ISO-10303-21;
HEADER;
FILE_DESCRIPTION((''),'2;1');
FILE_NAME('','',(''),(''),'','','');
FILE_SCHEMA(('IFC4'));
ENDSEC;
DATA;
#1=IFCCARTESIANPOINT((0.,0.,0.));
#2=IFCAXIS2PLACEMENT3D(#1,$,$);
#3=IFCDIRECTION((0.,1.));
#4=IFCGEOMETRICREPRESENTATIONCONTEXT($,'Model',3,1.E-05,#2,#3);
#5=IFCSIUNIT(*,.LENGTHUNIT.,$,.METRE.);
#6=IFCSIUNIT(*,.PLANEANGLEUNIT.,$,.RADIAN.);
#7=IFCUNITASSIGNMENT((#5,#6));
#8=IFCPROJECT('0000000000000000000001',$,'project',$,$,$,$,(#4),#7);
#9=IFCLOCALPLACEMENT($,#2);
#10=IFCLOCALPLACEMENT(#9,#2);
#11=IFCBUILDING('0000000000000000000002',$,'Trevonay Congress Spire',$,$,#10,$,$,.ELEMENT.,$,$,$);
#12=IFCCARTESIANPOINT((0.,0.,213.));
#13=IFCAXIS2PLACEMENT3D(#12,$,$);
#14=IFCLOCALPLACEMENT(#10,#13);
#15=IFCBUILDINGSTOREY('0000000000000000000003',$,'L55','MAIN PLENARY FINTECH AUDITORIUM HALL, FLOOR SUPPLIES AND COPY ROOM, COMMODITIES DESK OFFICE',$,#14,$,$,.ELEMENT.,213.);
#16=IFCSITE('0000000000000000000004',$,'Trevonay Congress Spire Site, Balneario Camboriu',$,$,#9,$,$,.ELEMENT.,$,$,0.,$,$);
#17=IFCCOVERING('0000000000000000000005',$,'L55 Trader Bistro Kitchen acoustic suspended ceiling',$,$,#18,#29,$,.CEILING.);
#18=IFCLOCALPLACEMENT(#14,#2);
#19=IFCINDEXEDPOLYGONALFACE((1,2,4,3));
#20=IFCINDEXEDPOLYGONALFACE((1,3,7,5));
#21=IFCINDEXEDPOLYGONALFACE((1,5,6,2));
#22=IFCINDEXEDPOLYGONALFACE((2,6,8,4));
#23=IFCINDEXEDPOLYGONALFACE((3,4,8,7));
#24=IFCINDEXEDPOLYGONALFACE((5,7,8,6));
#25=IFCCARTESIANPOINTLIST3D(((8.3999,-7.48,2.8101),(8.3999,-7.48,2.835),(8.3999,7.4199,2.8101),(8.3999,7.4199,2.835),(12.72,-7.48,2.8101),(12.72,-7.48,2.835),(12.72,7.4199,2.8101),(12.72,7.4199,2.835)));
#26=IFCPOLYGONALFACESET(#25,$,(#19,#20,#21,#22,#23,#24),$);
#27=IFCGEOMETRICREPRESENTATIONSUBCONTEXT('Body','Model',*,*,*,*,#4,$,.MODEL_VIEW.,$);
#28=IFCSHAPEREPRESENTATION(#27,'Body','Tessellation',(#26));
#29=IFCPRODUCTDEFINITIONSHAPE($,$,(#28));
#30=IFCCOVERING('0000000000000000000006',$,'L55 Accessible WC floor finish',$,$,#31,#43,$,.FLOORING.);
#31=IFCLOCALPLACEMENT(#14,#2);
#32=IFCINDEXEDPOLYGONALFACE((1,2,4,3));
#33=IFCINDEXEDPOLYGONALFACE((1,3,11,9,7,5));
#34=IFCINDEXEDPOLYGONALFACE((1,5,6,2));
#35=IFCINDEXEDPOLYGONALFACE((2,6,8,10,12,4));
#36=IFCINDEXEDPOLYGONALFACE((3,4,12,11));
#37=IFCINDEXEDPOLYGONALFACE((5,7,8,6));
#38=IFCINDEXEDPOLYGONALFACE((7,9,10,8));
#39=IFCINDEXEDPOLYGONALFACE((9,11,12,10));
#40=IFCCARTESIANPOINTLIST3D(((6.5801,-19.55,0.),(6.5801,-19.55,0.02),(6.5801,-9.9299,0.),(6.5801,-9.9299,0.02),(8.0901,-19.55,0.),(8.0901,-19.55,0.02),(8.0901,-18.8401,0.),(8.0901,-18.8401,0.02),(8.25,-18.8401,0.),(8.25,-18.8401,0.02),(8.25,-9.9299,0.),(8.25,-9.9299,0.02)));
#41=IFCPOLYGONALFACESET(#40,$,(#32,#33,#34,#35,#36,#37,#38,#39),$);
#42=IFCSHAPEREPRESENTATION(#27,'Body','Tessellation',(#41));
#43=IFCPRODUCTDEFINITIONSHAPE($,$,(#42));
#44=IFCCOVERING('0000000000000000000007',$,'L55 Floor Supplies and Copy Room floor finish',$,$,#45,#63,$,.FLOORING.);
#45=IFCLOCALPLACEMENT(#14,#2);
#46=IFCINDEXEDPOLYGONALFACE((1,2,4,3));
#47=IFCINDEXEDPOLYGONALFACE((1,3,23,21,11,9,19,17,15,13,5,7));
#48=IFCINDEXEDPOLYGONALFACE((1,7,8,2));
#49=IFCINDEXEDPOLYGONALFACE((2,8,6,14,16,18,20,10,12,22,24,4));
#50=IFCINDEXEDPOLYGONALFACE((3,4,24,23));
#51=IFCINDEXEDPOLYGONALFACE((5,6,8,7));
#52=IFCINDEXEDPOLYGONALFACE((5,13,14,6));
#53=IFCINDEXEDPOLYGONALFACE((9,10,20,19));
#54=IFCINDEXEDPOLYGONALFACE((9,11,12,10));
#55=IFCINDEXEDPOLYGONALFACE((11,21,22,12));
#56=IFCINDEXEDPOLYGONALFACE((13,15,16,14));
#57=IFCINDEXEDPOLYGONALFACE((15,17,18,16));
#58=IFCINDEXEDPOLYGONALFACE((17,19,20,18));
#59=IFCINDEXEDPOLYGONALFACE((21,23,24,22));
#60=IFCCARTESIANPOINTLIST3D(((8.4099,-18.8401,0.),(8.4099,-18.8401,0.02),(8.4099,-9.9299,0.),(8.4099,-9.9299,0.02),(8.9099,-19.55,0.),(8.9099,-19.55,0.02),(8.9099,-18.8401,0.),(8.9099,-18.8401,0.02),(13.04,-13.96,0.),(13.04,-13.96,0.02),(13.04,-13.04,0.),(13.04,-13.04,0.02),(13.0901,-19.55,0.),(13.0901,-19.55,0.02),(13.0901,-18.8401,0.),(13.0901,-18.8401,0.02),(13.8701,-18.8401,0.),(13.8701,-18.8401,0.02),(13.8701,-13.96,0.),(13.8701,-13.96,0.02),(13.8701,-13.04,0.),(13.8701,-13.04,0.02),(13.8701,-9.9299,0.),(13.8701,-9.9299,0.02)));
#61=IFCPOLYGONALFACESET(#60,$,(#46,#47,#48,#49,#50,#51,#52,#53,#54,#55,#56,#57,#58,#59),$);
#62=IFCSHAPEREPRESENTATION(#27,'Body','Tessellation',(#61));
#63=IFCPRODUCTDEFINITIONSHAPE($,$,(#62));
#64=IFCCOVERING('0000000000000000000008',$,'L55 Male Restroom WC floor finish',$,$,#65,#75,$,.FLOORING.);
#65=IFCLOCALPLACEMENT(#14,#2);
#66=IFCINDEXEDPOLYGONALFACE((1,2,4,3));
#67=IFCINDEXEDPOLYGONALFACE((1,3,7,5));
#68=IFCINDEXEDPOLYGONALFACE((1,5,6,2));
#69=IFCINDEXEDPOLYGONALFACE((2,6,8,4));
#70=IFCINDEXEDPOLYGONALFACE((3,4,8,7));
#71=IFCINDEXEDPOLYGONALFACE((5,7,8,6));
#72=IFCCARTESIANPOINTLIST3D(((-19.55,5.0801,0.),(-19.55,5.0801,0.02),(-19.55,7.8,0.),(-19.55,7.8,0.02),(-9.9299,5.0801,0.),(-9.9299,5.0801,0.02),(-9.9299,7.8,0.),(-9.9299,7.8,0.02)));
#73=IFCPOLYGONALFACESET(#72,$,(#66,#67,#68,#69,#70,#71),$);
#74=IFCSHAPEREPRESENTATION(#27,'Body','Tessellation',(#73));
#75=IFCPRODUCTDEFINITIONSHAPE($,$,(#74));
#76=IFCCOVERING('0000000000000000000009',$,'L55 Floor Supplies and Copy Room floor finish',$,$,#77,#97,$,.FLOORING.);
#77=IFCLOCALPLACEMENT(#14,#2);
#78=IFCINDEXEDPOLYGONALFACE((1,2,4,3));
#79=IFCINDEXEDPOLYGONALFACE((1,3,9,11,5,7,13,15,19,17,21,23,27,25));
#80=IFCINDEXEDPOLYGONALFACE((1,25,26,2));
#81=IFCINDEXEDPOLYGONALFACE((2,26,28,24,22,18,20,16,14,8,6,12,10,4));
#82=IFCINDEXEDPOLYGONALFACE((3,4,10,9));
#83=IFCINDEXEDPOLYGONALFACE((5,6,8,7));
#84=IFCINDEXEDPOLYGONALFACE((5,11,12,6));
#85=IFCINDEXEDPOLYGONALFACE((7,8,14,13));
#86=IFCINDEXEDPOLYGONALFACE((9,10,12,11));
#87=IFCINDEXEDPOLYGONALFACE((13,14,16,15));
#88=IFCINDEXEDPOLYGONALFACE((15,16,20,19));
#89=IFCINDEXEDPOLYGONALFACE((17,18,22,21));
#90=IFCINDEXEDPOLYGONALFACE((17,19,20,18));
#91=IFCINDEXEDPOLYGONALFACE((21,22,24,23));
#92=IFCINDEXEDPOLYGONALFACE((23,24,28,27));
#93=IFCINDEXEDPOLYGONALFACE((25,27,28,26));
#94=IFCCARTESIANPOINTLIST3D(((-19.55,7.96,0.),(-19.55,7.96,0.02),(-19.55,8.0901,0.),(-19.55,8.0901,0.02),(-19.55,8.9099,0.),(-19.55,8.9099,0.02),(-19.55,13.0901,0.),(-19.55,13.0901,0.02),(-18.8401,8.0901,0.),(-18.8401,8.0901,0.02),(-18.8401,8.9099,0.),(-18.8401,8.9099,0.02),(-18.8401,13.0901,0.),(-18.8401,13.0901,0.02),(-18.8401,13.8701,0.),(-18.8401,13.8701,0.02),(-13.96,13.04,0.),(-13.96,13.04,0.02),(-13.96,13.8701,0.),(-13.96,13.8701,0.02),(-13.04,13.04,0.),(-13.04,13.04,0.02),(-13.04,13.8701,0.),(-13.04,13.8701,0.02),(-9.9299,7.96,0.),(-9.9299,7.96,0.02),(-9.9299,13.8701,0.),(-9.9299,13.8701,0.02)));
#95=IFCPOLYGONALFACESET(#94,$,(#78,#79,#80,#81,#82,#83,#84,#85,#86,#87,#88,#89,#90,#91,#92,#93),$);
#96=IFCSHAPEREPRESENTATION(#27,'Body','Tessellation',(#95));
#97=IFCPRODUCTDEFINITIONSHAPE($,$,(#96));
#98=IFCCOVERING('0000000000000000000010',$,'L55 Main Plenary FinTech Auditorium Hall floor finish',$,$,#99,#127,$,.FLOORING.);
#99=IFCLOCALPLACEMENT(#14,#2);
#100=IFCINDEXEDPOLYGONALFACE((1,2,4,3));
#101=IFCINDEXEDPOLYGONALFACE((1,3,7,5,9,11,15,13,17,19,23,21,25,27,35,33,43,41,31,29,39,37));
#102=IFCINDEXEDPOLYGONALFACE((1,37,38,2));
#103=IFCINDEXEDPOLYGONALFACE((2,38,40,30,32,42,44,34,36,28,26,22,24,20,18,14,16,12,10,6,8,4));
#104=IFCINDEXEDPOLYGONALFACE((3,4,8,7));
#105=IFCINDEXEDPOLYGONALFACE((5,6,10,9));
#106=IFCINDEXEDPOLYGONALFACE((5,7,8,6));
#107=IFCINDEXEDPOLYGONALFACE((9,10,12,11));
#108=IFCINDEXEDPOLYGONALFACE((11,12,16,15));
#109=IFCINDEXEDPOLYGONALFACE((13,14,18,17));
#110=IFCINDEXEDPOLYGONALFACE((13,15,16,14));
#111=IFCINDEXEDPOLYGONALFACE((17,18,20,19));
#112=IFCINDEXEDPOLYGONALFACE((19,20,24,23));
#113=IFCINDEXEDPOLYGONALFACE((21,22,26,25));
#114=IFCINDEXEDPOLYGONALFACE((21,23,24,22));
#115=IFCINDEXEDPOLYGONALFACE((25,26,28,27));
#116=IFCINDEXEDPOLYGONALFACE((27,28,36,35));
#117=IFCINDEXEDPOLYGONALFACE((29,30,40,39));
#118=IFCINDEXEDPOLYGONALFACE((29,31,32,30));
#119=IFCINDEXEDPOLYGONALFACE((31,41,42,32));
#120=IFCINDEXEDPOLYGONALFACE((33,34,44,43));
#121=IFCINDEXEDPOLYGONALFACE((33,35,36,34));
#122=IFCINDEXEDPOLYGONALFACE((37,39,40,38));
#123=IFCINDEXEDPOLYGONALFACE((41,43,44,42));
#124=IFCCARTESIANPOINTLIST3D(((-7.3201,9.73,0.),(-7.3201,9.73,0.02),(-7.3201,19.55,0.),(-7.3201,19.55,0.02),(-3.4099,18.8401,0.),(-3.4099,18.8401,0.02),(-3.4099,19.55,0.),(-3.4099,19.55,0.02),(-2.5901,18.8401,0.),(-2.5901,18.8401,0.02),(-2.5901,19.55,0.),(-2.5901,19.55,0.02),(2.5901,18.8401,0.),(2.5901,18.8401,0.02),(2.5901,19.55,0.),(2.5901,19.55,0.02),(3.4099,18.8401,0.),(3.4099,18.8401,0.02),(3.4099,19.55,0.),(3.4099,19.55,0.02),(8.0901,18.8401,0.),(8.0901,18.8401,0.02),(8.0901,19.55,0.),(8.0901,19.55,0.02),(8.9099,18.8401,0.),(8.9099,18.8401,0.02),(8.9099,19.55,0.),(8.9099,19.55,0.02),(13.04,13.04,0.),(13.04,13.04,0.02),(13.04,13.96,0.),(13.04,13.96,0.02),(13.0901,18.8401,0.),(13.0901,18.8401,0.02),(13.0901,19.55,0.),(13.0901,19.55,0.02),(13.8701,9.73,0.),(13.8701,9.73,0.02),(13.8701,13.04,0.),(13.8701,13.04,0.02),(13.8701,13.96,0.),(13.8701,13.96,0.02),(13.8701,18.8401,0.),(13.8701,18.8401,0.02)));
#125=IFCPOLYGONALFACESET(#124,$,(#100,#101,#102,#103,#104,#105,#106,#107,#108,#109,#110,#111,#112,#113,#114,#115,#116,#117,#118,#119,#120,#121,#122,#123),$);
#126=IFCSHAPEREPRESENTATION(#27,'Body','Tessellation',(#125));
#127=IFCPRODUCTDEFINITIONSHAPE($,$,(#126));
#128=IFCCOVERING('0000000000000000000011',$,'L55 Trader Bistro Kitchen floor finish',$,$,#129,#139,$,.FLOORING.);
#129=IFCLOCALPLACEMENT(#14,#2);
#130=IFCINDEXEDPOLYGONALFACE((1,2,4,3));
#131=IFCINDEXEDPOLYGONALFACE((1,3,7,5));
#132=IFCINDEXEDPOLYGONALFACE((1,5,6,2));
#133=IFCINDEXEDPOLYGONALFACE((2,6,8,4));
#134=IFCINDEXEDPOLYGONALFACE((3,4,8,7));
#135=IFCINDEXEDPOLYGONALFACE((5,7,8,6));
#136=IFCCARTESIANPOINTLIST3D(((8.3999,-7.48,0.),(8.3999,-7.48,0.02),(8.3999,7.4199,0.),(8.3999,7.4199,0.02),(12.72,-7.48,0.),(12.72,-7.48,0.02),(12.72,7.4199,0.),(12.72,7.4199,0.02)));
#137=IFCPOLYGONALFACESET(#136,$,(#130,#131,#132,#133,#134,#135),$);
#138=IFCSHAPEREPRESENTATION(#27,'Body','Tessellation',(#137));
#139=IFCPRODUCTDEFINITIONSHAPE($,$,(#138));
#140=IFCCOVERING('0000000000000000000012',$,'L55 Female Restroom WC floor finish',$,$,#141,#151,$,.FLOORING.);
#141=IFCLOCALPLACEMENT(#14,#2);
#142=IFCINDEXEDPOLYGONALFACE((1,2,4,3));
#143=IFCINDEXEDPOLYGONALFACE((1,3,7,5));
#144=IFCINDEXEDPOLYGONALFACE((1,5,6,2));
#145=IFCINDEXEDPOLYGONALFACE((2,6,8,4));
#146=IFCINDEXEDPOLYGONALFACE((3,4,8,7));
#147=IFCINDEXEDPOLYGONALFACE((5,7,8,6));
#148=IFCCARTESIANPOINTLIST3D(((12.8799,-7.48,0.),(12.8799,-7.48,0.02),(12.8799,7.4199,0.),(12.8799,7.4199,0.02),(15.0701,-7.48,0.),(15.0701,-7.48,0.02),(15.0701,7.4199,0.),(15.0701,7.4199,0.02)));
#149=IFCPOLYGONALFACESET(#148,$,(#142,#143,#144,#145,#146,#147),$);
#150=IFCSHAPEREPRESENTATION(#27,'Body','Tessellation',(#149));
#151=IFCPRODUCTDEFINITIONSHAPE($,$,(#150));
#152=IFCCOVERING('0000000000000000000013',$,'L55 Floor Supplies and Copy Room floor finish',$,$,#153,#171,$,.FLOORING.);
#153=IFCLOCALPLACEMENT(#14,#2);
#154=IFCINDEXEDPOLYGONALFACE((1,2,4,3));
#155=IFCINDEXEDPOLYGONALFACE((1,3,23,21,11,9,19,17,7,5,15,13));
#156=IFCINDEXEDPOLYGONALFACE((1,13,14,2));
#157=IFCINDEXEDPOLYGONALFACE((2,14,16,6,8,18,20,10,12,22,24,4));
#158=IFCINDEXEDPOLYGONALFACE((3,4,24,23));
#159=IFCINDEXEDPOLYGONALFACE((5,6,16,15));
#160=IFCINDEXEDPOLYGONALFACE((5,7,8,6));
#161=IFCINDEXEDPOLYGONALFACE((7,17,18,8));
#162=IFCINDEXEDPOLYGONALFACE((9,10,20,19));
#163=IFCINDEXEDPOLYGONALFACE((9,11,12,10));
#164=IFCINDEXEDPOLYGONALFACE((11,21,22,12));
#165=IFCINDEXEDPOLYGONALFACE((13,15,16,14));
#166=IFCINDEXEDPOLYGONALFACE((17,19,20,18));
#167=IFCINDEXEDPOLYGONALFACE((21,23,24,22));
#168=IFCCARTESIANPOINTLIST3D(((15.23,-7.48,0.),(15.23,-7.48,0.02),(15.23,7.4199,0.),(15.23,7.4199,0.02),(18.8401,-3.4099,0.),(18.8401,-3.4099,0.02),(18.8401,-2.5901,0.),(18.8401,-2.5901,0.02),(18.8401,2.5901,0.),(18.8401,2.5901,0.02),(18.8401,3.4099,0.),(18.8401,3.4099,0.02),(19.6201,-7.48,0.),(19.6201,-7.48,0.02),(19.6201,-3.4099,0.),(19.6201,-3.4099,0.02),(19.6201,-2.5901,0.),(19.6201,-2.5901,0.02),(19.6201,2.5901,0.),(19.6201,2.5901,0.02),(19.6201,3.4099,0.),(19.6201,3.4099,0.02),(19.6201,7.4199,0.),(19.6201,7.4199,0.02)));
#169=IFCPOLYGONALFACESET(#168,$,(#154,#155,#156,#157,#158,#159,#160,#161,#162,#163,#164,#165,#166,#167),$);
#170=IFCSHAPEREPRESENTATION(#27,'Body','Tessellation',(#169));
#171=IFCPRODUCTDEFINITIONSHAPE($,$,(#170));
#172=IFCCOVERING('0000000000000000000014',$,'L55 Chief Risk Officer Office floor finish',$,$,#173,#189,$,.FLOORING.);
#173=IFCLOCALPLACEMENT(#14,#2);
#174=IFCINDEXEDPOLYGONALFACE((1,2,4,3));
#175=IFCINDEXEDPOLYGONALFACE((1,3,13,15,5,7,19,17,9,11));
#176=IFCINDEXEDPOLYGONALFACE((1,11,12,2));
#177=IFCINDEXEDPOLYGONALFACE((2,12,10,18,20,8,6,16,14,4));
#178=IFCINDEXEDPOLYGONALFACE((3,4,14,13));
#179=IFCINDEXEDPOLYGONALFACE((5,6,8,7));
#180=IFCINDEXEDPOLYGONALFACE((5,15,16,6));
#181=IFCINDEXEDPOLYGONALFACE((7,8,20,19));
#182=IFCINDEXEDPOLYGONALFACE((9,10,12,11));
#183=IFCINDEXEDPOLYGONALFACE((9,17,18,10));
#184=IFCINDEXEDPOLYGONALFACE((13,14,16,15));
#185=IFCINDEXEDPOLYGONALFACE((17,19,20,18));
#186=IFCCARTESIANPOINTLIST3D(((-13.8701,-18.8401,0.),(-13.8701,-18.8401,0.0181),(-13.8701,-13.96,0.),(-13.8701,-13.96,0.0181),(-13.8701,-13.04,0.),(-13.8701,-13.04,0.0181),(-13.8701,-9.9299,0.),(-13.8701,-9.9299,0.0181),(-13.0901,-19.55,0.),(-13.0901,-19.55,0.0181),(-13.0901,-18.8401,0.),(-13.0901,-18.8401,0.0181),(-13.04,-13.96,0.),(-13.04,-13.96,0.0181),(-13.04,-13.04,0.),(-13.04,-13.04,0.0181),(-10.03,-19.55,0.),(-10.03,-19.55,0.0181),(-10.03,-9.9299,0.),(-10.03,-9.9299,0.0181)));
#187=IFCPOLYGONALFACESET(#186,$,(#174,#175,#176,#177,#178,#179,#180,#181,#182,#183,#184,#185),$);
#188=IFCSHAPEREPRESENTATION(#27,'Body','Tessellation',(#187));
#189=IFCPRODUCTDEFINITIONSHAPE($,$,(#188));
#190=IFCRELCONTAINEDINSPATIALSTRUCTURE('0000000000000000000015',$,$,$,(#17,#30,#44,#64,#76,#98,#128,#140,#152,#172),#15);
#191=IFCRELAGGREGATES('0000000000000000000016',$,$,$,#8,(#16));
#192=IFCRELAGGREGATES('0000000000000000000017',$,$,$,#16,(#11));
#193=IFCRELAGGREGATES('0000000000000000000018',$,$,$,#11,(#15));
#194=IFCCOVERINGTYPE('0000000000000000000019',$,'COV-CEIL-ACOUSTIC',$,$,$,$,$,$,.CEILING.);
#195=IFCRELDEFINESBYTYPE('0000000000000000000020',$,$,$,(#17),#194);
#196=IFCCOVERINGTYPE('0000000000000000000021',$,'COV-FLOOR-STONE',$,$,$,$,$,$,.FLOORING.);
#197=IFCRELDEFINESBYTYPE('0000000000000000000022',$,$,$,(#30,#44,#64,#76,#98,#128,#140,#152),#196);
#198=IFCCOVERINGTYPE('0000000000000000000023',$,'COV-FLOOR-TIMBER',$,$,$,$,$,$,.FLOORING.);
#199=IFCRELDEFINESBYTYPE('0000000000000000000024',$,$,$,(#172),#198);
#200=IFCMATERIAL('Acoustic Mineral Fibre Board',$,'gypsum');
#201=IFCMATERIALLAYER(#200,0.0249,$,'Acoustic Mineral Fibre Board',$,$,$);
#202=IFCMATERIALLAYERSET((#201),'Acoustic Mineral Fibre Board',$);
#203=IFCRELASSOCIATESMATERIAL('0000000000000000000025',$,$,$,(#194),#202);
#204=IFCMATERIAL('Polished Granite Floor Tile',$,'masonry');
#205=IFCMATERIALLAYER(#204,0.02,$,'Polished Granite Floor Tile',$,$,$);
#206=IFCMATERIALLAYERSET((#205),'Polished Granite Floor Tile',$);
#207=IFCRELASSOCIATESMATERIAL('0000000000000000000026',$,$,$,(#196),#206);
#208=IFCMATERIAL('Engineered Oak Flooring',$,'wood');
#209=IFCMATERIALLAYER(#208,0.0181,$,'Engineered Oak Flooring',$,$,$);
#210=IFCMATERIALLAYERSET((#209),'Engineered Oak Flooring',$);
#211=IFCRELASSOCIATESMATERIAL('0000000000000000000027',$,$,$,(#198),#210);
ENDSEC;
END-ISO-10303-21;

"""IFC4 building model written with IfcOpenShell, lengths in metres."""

from ifc_helpers import new_model, si_unit, direction, frame, origin, place, context, subcontext, project, spatial, polyline, outline, extrude, material, layer, layer_set, type_object, element, save


model = new_model("IFC4")

# Units and contexts
model_context = context("Model", 3, precision=1e-05, world=origin(), true_north=direction((0.0, 1.0)))
body_context = subcontext(model_context, "Body", "Model", "MODEL_VIEW")
ifc_project = project(units=[si_unit("LENGTHUNIT", "METRE"), si_unit("PLANEANGLEUNIT", "RADIAN")], contexts=[model_context])

# Site, building, storey
site_placement = place(None, origin())
site = spatial("IfcSite", under=ifc_project, at=site_placement, Name="Trevonay Congress Spire Site, Balneario Camboriu", CompositionType="ELEMENT", RefElevation=0.0)
building_placement = place(site_placement, origin())
building = spatial("IfcBuilding", under=site, at=building_placement, Name="Trevonay Congress Spire", CompositionType="ELEMENT")
storey_placement = place(building_placement, frame((0.0, 0.0, 213.0)))
storey = spatial("IfcBuildingStorey", under=building, at=storey_placement, Name="L55", Description="MAIN PLENARY FINTECH AUDITORIUM HALL, FLOOR SUPPLIES AND COPY ROOM, COMMODITIES DESK OFFICE", CompositionType="ELEMENT", Elevation=213.0)

# Coverings
ifc_material_1 = material(Name="Acoustic Mineral Fibre Board", Category="gypsum")
ifc_layer_1 = layer(ifc_material_1, 0.0249, Name="Acoustic Mineral Fibre Board")
ifc_layer_set_1 = layer_set([ifc_layer_1], Name="Acoustic Mineral Fibre Board")
covering_type_1 = type_object("IfcCoveringType", Name="COV-CEIL-ACOUSTIC", PredefinedType="CEILING", material=ifc_layer_set_1)
covering_1_placement = place(storey_placement, frame((0.0, 0.0, 2.8101)))
element("IfcCovering", 1, at=covering_1_placement, inside=storey, type_object=covering_type_1, Name="L55 Trader Bistro Kitchen acoustic suspended ceiling", PredefinedType="CEILING", context=body_context, shape_type="SweptSolid", body=[
    extrude(outline(polyline([(8.3999, -7.48), (12.72, -7.48), (12.72, 7.4199), (8.3999, 7.4199), (8.3999, -7.48)])), origin(), (0.0, 0.0, 1.0), 0.0249),
])
ifc_material_2 = material(Name="Polished Granite Floor Tile", Category="masonry")
ifc_layer_2 = layer(ifc_material_2, 0.02, Name="Polished Granite Floor Tile")
ifc_layer_set_2 = layer_set([ifc_layer_2], Name="Polished Granite Floor Tile")
covering_type_2 = type_object("IfcCoveringType", Name="COV-FLOOR-STONE", PredefinedType="FLOORING", material=ifc_layer_set_2)
covering_2_placement = place(storey_placement, origin())
element("IfcCovering", 2, at=covering_2_placement, inside=storey, type_object=covering_type_2, Name="L55 Accessible WC floor finish", PredefinedType="FLOORING", context=body_context, shape_type="SweptSolid", body=[
    extrude(outline(polyline([(6.5801, -19.55), (6.5801, -9.9299), (8.25, -9.9299), (8.25, -18.8401), (8.0901, -18.8401), (8.0901, -19.55), (6.5801, -19.55)])), origin(), (0.0, 0.0, 1.0), 0.02),
])
covering_3_placement = place(storey_placement, origin())
element("IfcCovering", 3, at=covering_3_placement, inside=storey, type_object=covering_type_2, Name="L55 Floor Supplies and Copy Room floor finish", PredefinedType="FLOORING", context=body_context, shape_type="SweptSolid", body=[
    extrude(outline(polyline([(8.9099, -19.55), (8.9099, -18.8401), (8.4099, -18.8401), (8.4099, -9.9299), (13.8701, -9.9299), (13.8701, -13.04), (13.04, -13.04), (13.04, -13.96), (13.8701, -13.96), (13.8701, -18.8401), (13.0901, -18.8401), (13.0901, -19.55), (8.9099, -19.55)])), origin(), (0.0, 0.0, 1.0), 0.02),
])
covering_4_placement = place(storey_placement, origin())
element("IfcCovering", 4, at=covering_4_placement, inside=storey, type_object=covering_type_2, Name="L55 Male Restroom WC floor finish", PredefinedType="FLOORING", context=body_context, shape_type="SweptSolid", body=[
    extrude(outline(polyline([(-19.55, 5.0801), (-9.9299, 5.0801), (-9.9299, 7.8), (-19.55, 7.8), (-19.55, 5.0801)])), origin(), (0.0, 0.0, 1.0), 0.02),
])
covering_5_placement = place(storey_placement, origin())
element("IfcCovering", 5, at=covering_5_placement, inside=storey, type_object=covering_type_2, Name="L55 Floor Supplies and Copy Room floor finish", PredefinedType="FLOORING", context=body_context, shape_type="SweptSolid", body=[
    extrude(outline(polyline([(-9.9299, 13.8701), (-9.9299, 7.96), (-19.55, 7.96), (-19.55, 8.0901), (-18.8401, 8.0901), (-18.8401, 8.9099), (-19.55, 8.9099), (-19.55, 13.0901), (-18.8401, 13.0901), (-18.8401, 13.8701), (-13.96, 13.8701), (-13.96, 13.04), (-13.04, 13.04), (-13.04, 13.8701), (-9.9299, 13.8701)])), origin(), (0.0, 0.0, 1.0), 0.02),
])
covering_6_placement = place(storey_placement, origin())
element("IfcCovering", 6, at=covering_6_placement, inside=storey, type_object=covering_type_2, Name="L55 Main Plenary FinTech Auditorium Hall floor finish", PredefinedType="FLOORING", context=body_context, shape_type="SweptSolid", body=[
    extrude(outline(polyline([(13.8701, 9.73), (-7.3201, 9.73), (-7.3201, 19.55), (-3.4099, 19.55), (-3.4099, 18.8401), (-2.5901, 18.8401), (-2.5901, 19.55), (2.5901, 19.55), (2.5901, 18.8401), (3.4099, 18.8401), (3.4099, 19.55), (8.0901, 19.55), (8.0901, 18.8401), (8.9099, 18.8401), (8.9099, 19.55), (13.0901, 19.55), (13.0901, 18.8401), (13.8701, 18.8401), (13.8701, 13.96), (13.04, 13.96), (13.04, 13.04), (13.8701, 13.04), (13.8701, 9.73)])), origin(), (0.0, 0.0, 1.0), 0.02),
])
covering_7_placement = place(storey_placement, origin())
element("IfcCovering", 7, at=covering_7_placement, inside=storey, type_object=covering_type_2, Name="L55 Trader Bistro Kitchen floor finish", PredefinedType="FLOORING", context=body_context, shape_type="SweptSolid", body=[
    extrude(outline(polyline([(8.3999, -7.48), (12.72, -7.48), (12.72, 7.4199), (8.3999, 7.4199), (8.3999, -7.48)])), origin(), (0.0, 0.0, 1.0), 0.02),
])
covering_8_placement = place(storey_placement, origin())
element("IfcCovering", 8, at=covering_8_placement, inside=storey, type_object=covering_type_2, Name="L55 Female Restroom WC floor finish", PredefinedType="FLOORING", context=body_context, shape_type="SweptSolid", body=[
    extrude(outline(polyline([(12.8799, -7.48), (15.0701, -7.48), (15.0701, 7.4199), (12.8799, 7.4199), (12.8799, -7.48)])), origin(), (0.0, 0.0, 1.0), 0.02),
])
covering_9_placement = place(storey_placement, origin())
element("IfcCovering", 9, at=covering_9_placement, inside=storey, type_object=covering_type_2, Name="L55 Floor Supplies and Copy Room floor finish", PredefinedType="FLOORING", context=body_context, shape_type="SweptSolid", body=[
    extrude(outline(polyline([(19.6201, -7.48), (15.23, -7.48), (15.23, 7.4199), (19.6201, 7.4199), (19.6201, 3.4099), (18.8401, 3.4099), (18.8401, 2.5901), (19.6201, 2.5901), (19.6201, -2.5901), (18.8401, -2.5901), (18.8401, -3.4099), (19.6201, -3.4099), (19.6201, -7.48)])), origin(), (0.0, 0.0, 1.0), 0.02),
])
ifc_material_3 = material(Name="Engineered Oak Flooring", Category="wood")
ifc_layer_3 = layer(ifc_material_3, 0.0181, Name="Engineered Oak Flooring")
ifc_layer_set_3 = layer_set([ifc_layer_3], Name="Engineered Oak Flooring")
covering_type_3 = type_object("IfcCoveringType", Name="COV-FLOOR-TIMBER", PredefinedType="FLOORING", material=ifc_layer_set_3)
covering_10_placement = place(storey_placement, origin())
element("IfcCovering", 10, at=covering_10_placement, inside=storey, type_object=covering_type_3, Name="L55 Chief Risk Officer Office floor finish", PredefinedType="FLOORING", context=body_context, shape_type="SweptSolid", body=[
    extrude(outline(polyline([(-13.8701, -9.9299), (-10.03, -9.9299), (-10.03, -19.55), (-13.0901, -19.55), (-13.0901, -18.8401), (-13.8701, -18.8401), (-13.8701, -13.96), (-13.04, -13.96), (-13.04, -13.04), (-13.8701, -13.04), (-13.8701, -9.9299)])), origin(), (0.0, 0.0, 1.0), 0.0181),
])

save(model, "model.ifc")
